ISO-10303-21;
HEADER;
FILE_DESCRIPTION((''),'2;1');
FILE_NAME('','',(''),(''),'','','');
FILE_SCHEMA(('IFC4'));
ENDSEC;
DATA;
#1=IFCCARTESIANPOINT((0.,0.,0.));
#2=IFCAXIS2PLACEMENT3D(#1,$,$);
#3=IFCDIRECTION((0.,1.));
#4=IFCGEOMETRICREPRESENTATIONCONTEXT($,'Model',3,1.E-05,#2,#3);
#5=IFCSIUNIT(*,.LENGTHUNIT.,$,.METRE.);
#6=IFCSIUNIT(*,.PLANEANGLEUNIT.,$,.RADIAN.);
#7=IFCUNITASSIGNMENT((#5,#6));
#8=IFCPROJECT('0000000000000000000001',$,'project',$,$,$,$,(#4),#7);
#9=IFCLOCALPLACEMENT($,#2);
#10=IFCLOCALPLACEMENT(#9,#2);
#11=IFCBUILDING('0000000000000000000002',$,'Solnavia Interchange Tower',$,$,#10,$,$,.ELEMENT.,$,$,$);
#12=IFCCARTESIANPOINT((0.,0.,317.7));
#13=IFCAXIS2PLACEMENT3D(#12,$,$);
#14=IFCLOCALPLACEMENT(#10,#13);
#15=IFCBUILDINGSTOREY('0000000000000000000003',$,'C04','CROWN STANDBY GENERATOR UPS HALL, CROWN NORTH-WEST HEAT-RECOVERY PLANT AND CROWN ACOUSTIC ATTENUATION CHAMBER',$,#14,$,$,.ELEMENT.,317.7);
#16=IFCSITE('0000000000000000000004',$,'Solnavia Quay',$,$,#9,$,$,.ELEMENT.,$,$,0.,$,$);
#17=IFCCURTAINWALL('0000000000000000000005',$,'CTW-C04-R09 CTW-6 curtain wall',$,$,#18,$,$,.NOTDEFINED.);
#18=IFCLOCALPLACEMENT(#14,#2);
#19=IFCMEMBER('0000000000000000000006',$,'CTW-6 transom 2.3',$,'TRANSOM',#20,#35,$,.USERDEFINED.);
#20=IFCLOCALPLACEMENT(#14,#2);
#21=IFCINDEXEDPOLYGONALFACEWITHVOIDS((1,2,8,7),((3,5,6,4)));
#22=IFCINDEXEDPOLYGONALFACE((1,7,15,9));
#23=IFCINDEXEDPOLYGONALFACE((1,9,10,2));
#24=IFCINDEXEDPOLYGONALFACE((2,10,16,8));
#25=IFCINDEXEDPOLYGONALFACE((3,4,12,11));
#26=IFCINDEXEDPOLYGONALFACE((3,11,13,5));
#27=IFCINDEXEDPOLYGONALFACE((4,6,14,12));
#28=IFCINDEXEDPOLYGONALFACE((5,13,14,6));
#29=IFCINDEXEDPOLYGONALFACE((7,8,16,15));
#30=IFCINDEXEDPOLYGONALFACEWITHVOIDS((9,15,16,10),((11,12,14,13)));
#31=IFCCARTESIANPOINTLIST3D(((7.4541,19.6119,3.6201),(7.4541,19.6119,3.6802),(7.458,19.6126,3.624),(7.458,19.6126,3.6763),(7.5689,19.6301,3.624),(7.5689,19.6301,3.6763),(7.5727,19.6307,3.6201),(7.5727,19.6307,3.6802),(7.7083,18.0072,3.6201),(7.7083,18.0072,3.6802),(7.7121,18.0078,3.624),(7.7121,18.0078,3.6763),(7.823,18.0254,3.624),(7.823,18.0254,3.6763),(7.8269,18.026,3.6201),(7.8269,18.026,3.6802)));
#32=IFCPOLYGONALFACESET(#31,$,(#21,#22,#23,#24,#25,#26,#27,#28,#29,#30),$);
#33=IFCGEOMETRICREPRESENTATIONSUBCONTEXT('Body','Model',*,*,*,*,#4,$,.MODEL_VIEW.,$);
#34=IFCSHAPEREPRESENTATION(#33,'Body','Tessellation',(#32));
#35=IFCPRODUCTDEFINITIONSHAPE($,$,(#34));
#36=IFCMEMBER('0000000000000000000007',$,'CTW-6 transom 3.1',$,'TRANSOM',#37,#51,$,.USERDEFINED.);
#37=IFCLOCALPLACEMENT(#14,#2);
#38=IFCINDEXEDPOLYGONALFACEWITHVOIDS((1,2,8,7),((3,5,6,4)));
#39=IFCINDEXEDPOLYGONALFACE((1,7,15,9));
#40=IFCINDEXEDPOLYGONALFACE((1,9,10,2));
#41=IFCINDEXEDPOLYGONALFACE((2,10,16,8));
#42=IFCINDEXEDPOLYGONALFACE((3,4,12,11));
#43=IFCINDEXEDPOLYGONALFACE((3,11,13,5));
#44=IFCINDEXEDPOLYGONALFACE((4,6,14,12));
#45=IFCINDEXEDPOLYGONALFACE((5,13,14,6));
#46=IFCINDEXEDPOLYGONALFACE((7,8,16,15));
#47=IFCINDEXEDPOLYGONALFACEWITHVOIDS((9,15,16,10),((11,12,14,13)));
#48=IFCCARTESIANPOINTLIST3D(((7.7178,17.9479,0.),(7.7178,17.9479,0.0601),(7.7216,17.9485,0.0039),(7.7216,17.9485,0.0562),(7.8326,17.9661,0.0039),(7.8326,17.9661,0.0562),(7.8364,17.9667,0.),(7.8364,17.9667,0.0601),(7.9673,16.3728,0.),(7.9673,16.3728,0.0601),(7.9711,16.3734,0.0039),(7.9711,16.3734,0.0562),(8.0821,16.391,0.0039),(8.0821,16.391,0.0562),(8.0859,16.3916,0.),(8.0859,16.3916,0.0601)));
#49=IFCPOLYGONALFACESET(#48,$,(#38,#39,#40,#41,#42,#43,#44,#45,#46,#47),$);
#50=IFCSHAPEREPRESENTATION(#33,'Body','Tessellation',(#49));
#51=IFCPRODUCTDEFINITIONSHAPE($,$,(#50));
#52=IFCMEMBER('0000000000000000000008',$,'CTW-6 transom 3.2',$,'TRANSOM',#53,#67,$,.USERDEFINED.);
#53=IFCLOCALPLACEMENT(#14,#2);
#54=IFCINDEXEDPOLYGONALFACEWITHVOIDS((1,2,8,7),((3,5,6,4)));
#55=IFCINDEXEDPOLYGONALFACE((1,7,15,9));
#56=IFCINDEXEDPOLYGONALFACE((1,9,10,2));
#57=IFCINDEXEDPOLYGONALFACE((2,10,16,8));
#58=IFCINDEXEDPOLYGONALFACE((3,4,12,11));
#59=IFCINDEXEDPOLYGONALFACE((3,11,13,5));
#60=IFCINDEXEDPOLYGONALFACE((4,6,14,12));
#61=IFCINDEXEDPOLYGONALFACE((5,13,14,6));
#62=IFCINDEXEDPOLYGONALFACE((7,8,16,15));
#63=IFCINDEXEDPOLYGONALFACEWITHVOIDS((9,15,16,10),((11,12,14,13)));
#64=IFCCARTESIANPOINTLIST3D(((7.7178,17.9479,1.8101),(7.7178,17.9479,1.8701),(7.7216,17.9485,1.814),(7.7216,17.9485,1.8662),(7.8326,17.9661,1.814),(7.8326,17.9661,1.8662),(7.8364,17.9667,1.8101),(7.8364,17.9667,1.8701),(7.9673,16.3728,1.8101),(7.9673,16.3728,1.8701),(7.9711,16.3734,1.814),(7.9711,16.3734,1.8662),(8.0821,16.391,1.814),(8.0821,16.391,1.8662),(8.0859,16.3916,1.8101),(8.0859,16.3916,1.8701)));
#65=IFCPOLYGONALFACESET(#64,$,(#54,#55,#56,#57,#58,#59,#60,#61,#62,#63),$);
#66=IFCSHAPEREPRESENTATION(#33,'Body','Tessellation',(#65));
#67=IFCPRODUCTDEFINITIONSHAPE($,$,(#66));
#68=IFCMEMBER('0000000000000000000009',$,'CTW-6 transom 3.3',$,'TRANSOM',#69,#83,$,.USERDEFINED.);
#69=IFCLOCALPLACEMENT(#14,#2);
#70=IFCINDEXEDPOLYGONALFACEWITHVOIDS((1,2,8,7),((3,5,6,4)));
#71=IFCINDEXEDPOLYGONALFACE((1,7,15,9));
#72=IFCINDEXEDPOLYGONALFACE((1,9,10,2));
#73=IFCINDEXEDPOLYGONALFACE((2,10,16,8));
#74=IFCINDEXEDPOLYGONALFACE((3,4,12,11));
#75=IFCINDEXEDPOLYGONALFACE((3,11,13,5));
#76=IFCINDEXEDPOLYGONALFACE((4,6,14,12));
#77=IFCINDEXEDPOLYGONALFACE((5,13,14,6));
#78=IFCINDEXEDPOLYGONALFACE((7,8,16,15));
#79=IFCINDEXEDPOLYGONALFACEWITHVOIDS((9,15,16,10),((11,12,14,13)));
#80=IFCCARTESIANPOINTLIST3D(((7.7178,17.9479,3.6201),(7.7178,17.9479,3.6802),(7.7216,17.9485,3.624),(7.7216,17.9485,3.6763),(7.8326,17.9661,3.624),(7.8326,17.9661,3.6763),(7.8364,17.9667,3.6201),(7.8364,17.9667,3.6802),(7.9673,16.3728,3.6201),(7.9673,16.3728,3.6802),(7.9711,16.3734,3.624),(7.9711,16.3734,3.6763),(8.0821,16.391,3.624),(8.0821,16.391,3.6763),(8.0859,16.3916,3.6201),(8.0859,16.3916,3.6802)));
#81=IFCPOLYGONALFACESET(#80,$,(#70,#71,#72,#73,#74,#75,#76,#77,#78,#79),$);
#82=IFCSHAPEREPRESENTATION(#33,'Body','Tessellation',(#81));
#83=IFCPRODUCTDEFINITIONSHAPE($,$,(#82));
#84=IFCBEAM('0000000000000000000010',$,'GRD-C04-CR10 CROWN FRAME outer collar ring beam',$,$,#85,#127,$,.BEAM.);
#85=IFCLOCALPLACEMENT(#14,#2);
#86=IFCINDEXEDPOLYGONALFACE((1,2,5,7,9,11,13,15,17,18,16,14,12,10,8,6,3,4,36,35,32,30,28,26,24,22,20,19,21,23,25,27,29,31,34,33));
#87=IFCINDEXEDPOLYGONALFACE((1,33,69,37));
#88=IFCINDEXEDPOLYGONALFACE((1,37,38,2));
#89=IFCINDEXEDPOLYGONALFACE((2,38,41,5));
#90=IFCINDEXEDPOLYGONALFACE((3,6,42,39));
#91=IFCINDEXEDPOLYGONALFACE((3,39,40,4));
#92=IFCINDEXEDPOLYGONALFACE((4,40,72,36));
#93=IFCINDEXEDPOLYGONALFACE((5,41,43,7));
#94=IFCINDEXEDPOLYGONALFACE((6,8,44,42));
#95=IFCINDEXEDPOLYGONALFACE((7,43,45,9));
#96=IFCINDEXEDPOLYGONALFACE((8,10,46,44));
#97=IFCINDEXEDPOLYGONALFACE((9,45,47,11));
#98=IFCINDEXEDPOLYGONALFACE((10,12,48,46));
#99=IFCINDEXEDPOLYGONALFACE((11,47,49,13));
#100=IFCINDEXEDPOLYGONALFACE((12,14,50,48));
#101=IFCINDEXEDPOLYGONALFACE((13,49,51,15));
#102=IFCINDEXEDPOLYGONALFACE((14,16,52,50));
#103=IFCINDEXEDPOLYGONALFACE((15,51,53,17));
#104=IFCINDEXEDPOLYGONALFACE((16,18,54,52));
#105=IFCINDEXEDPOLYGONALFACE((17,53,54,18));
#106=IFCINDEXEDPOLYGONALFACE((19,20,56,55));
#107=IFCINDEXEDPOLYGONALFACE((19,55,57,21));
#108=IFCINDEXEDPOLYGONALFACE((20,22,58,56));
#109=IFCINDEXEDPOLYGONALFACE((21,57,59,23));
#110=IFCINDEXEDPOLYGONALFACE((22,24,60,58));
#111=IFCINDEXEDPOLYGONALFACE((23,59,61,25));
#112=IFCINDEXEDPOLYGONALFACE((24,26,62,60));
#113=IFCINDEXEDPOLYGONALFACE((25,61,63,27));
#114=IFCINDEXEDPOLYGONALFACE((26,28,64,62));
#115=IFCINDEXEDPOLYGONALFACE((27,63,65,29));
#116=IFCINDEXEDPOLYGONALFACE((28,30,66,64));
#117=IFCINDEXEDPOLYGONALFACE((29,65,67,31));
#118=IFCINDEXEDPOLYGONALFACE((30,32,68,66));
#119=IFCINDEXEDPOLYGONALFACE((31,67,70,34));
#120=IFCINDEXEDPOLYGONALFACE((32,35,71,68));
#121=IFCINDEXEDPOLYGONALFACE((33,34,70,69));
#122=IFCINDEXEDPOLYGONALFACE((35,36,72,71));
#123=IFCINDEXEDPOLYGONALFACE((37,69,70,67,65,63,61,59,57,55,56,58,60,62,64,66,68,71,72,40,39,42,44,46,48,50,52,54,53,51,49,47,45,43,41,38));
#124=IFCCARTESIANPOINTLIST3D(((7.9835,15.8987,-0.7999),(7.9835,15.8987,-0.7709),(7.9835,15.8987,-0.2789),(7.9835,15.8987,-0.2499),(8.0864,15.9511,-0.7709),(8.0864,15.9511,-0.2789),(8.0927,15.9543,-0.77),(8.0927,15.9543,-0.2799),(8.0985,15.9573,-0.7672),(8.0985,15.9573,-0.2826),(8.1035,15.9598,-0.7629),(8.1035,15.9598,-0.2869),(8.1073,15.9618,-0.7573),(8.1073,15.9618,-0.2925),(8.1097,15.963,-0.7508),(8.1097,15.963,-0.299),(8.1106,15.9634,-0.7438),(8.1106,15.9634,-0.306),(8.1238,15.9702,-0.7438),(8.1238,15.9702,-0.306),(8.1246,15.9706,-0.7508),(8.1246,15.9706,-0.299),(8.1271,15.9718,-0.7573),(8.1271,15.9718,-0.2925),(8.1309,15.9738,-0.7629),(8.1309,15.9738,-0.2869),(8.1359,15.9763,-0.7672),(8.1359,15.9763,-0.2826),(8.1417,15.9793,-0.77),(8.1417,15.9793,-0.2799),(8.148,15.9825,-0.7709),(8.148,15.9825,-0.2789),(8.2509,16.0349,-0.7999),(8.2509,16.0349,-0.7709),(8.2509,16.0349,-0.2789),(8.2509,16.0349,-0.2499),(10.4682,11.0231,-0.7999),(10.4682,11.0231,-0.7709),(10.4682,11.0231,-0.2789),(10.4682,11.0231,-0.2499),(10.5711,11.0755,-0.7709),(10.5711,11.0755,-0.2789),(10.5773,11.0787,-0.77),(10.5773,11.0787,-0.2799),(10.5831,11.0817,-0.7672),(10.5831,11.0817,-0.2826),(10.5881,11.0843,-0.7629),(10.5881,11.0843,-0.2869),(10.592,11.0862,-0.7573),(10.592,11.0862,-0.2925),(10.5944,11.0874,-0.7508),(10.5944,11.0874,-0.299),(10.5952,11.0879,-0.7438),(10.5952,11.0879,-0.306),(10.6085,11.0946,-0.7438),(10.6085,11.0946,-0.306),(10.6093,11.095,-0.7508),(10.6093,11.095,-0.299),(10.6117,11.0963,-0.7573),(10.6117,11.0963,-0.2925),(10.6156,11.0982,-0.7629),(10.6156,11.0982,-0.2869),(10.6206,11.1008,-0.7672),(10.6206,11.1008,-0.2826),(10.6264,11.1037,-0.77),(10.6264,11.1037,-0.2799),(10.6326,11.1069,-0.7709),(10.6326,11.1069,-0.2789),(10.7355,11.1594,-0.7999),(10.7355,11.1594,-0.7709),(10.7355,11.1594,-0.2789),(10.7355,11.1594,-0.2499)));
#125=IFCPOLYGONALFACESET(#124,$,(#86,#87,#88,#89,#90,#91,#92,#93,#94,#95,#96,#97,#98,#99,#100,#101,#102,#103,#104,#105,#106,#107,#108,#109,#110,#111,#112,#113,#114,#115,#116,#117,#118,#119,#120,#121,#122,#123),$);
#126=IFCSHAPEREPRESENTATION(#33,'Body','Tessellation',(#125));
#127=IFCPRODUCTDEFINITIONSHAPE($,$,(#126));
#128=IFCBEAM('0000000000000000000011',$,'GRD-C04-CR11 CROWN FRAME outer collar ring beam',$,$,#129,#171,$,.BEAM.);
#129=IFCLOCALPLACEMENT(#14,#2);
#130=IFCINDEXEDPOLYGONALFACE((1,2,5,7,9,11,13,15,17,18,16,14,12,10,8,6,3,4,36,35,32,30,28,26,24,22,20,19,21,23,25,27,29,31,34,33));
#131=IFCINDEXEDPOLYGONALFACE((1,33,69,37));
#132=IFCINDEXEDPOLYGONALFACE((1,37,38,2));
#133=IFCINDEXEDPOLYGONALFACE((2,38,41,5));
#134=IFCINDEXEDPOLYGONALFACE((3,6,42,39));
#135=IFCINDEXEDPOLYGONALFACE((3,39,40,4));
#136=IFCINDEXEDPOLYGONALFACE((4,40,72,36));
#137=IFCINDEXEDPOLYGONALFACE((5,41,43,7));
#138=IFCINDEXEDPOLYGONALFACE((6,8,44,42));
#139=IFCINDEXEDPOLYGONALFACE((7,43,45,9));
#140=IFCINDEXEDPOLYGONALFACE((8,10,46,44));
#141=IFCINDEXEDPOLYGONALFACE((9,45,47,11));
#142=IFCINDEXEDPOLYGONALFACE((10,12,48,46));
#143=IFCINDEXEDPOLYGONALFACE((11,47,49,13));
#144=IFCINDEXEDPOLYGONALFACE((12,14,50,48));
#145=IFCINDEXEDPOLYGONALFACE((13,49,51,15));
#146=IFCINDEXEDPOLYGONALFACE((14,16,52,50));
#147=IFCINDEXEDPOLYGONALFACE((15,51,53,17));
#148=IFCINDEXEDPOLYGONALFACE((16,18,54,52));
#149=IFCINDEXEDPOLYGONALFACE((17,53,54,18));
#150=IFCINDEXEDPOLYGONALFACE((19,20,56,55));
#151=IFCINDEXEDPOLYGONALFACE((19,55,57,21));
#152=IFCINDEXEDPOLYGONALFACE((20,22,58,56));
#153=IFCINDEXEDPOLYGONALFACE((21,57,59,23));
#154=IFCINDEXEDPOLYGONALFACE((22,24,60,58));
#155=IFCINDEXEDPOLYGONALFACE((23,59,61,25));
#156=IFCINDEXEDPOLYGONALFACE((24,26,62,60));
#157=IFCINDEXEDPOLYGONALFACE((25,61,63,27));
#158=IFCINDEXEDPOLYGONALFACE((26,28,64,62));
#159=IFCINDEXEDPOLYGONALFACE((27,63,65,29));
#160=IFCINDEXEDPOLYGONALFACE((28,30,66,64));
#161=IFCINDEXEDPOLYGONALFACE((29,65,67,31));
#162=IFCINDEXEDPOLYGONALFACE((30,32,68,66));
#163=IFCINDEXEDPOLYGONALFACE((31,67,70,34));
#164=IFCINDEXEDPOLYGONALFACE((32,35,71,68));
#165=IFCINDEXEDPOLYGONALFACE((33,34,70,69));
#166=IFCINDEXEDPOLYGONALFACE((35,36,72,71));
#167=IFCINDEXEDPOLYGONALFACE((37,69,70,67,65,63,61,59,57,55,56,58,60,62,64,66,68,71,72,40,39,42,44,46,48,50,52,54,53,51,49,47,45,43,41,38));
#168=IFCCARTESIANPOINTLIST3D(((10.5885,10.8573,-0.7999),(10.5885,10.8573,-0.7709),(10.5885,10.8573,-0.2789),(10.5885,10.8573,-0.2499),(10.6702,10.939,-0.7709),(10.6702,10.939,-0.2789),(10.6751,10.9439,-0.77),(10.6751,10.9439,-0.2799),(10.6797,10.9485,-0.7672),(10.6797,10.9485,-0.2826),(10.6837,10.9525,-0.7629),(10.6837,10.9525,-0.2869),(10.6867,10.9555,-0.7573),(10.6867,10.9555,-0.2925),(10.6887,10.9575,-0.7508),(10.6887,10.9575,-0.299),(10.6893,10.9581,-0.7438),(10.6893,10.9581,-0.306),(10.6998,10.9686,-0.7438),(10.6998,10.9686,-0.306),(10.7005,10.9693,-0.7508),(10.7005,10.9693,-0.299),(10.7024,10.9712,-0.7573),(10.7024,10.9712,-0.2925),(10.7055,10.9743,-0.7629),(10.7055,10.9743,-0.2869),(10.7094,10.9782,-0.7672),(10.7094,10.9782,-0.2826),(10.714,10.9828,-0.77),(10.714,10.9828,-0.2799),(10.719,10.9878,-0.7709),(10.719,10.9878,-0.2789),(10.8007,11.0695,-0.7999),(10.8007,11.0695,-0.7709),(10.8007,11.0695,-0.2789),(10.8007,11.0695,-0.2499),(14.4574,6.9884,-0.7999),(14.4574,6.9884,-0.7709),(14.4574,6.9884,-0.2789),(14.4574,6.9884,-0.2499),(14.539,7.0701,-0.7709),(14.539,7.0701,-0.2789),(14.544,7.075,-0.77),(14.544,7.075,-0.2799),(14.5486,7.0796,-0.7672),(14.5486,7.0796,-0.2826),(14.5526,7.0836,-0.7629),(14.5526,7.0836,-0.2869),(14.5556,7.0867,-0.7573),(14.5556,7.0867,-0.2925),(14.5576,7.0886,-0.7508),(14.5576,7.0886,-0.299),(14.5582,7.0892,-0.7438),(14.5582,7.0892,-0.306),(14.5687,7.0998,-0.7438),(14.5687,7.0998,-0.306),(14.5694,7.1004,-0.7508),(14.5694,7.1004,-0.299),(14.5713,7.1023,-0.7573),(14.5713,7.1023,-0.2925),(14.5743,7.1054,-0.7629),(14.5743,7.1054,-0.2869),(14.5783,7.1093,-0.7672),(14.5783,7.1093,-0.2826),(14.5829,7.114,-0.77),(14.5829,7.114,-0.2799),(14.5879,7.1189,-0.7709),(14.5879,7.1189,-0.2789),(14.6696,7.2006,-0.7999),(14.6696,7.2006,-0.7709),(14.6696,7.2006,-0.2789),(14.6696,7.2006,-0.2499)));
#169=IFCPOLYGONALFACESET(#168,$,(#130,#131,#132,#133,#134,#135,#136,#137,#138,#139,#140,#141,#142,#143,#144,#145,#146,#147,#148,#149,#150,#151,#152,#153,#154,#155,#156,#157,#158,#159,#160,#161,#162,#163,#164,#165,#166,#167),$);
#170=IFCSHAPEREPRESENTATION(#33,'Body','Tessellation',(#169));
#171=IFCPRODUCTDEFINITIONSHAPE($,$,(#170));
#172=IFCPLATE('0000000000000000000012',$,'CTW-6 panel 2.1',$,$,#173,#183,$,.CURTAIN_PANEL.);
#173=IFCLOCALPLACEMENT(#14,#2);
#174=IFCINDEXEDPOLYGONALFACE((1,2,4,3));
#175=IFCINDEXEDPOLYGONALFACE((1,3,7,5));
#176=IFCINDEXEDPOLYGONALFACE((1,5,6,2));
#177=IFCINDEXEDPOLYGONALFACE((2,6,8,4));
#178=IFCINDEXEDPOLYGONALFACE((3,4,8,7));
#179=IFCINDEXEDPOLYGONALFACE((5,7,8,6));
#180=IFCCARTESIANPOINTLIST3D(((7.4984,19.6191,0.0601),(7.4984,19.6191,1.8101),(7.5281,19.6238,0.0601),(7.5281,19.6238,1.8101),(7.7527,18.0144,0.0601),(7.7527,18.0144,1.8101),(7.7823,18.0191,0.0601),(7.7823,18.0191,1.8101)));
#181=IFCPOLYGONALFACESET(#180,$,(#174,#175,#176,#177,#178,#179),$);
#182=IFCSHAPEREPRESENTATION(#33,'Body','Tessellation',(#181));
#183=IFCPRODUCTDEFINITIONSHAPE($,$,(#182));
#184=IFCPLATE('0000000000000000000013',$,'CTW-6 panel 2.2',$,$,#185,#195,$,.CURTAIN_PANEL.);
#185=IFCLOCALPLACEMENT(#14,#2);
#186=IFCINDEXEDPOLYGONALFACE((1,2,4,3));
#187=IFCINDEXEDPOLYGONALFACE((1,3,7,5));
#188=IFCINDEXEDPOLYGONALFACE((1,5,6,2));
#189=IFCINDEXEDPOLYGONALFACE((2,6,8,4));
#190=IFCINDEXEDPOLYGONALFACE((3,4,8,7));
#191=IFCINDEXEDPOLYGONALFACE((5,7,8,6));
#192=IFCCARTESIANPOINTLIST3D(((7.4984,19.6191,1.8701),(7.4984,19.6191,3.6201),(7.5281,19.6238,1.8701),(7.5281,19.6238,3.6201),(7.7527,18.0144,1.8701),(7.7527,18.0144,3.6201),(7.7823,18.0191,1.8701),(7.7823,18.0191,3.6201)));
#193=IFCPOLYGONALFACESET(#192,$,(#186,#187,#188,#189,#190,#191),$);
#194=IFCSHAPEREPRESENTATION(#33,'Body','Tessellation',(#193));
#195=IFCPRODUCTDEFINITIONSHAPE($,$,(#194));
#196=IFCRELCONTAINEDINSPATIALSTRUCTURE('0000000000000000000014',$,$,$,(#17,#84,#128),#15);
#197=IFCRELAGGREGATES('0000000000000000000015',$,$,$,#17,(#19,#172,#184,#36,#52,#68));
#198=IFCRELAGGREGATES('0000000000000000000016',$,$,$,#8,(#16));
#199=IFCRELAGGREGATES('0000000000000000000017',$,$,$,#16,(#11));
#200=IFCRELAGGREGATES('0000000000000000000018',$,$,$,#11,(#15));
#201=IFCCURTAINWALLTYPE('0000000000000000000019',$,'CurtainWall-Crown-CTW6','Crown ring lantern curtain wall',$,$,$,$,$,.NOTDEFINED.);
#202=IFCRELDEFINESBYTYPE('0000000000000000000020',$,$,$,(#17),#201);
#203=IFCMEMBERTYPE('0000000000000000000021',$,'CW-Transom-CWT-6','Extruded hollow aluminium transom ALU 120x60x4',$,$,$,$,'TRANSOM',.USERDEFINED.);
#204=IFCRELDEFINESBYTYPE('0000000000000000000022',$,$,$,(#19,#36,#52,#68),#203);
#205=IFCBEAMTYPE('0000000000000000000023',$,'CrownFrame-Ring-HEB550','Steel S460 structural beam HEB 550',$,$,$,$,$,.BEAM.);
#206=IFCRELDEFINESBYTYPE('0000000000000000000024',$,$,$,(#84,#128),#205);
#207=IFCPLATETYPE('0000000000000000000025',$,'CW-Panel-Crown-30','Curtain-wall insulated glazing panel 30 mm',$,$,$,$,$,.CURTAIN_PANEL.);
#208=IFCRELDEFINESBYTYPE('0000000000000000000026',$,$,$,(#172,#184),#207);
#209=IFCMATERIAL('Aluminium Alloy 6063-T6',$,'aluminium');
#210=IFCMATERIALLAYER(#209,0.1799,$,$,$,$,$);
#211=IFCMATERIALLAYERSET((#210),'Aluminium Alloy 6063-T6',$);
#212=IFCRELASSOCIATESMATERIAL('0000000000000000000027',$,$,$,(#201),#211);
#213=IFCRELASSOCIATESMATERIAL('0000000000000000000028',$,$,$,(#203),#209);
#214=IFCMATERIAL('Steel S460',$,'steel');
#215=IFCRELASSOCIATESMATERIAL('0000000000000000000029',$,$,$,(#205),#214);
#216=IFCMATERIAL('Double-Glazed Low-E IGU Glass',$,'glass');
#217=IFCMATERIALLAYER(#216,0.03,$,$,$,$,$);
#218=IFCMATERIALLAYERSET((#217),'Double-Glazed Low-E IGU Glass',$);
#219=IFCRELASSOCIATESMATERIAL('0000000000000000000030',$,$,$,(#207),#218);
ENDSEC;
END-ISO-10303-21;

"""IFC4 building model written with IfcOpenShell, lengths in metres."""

from ifc_helpers import new_model, si_unit, direction, frame, origin, origin_2d, place, context, subcontext, project, spatial, rectangle, hollow_rectangle, i_section, extrude, material, layer, layer_set, material_profile, profile_set, type_object, element, aggregate, save


model = new_model("IFC4")

# Units and contexts
model_context = context("Model", 3, precision=1e-05, world=origin(), true_north=direction((0.0, 1.0)))
body_context = subcontext(model_context, "Body", "Model", "MODEL_VIEW")
ifc_project = project(units=[si_unit("LENGTHUNIT", "METRE"), si_unit("PLANEANGLEUNIT", "RADIAN")], contexts=[model_context])

# Site, building, storey
site_placement = place(None, origin())
site = spatial("IfcSite", under=ifc_project, at=site_placement, Name="Solnavia Quay", CompositionType="ELEMENT", RefElevation=0.0)
building_placement = place(site_placement, origin())
building = spatial("IfcBuilding", under=site, at=building_placement, Name="Solnavia Interchange Tower", CompositionType="ELEMENT")
storey_placement = place(building_placement, frame((0.0, 0.0, 317.7)))
storey = spatial("IfcBuildingStorey", under=building, at=storey_placement, Name="C04", Description="CROWN STANDBY GENERATOR UPS HALL, CROWN NORTH-WEST HEAT-RECOVERY PLANT AND CROWN ACOUSTIC ATTENUATION CHAMBER", CompositionType="ELEMENT", Elevation=317.7)

# Shared definitions
ifc_material_1 = material(Name="Steel S460", Category="steel")

# Curtain wall, members
ifc_material_2 = material(Name="Aluminium Alloy 6063-T6", Category="aluminium")
ifc_layer_1 = layer(ifc_material_2, 0.1799)
ifc_layer_set_1 = layer_set([ifc_layer_1], Name="Aluminium Alloy 6063-T6")
curtain_wall_type = type_object("IfcCurtainWallType", Name="CurtainWall-Crown-CTW6", Description="Crown ring lantern curtain wall", PredefinedType="NOTDEFINED", material=ifc_layer_set_1)
curtain_wall_placement = place(storey_placement, origin())
curtain_wall = element("IfcCurtainWall", 1, at=curtain_wall_placement, inside=storey, type_object=curtain_wall_type, Name="CTW-C04-R09 CTW-6 curtain wall", PredefinedType="NOTDEFINED")
ifc_material_profile_1 = material_profile(ifc_material_2, hollow_rectangle(XDim=0.0601, YDim=0.1201, WallThickness=0.0039, at=origin_2d()), Name="ALU 120x60x4")
ifc_profile_set_1 = profile_set([ifc_material_profile_1], Name="Aluminium Alloy 6063-T6")
member_type_1 = type_object("IfcMemberType", Name="CW-Transom-CWT-6", Description="Extruded hollow aluminium transom ALU 120x60x4", ElementType="TRANSOM", PredefinedType="USERDEFINED", material=ifc_profile_set_1)
member_1_placement = place(storey_placement, frame((7.5134, 19.6213, 3.6501), z_axis=(0.156426, -0.98769, 0.0), x_axis=(0.0, 0.0, 1.0)))
member_1 = element("IfcMember", 2, at=member_1_placement, type_object=member_type_1, Name="CTW-6 transom 2.3", ObjectType="TRANSOM", PredefinedType="USERDEFINED", context=body_context, shape_type="SweptSolid", body=[
    extrude(hollow_rectangle(XDim=0.0601, YDim=0.1201, WallThickness=0.0039, at=origin_2d()), origin(), (0.0, 0.0, 1.0), 1.6248),
])
member_2_placement = place(storey_placement, frame((7.7771, 17.9573, 0.03), z_axis=(0.15645, -0.987686, 0.0), x_axis=(0.0, 0.0, 1.0)))
member_2 = element("IfcMember", 3, at=member_2_placement, type_object=member_type_1, Name="CTW-6 transom 3.1", ObjectType="TRANSOM", PredefinedType="USERDEFINED", context=body_context, shape_type="SweptSolid", body=[
    extrude(hollow_rectangle(XDim=0.0601, YDim=0.1201, WallThickness=0.0039, at=origin_2d()), origin(), (0.0, 0.0, 1.0), 1.5947),
])
member_3_placement = place(storey_placement, frame((7.7771, 17.9573, 1.8401), z_axis=(0.15645, -0.987686, 0.0), x_axis=(0.0, 0.0, 1.0)))
member_3 = element("IfcMember", 4, at=member_3_placement, type_object=member_type_1, Name="CTW-6 transom 3.2", ObjectType="TRANSOM", PredefinedType="USERDEFINED", context=body_context, shape_type="SweptSolid", body=[
    extrude(hollow_rectangle(XDim=0.0601, YDim=0.1201, WallThickness=0.0039, at=origin_2d()), origin(), (0.0, 0.0, 1.0), 1.5947),
])
member_4_placement = place(storey_placement, frame((7.7771, 17.9573, 3.6501), z_axis=(0.15645, -0.987686, 0.0), x_axis=(0.0, 0.0, 1.0)))
member_4 = element("IfcMember", 5, at=member_4_placement, type_object=member_type_1, Name="CTW-6 transom 3.3", ObjectType="TRANSOM", PredefinedType="USERDEFINED", context=body_context, shape_type="SweptSolid", body=[
    extrude(hollow_rectangle(XDim=0.0601, YDim=0.1201, WallThickness=0.0039, at=origin_2d()), origin(), (0.0, 0.0, 1.0), 1.5947),
])

# Beams
ifc_material_profile_2 = material_profile(ifc_material_1, i_section(OverallWidth=0.3, OverallDepth=0.55, WebThickness=0.0149, FlangeThickness=0.0291, FilletRadius=0.0271, at=origin_2d()), Name="HEB 550")
ifc_profile_set_2 = profile_set([ifc_material_profile_2], Name="Steel S460")
beam_type = type_object("IfcBeamType", Name="CrownFrame-Ring-HEB550", Description="Steel S460 structural beam HEB 550", PredefinedType="BEAM", material=ifc_profile_set_2)
beam_1_placement = place(storey_placement, frame((8.1172, 15.9668, -0.5249), z_axis=(0.454053, -0.890974, 0.0), x_axis=(0.890974, 0.454053, 0.0)))
element("IfcBeam", 6, at=beam_1_placement, inside=storey, type_object=beam_type, Name="GRD-C04-CR10 CROWN FRAME outer collar ring beam", PredefinedType="BEAM", context=body_context, shape_type="SweptSolid", body=[
    extrude(i_section(OverallWidth=0.3, OverallDepth=0.55, WebThickness=0.0149, FlangeThickness=0.0291, FilletRadius=0.0271, at=origin_2d()), origin(), (0.0, 0.0, 1.0), 5.4722),
])
beam_2_placement = place(storey_placement, frame((10.6946, 10.9634, -0.5249), z_axis=(0.707107, -0.707107, 0.0), x_axis=(0.707107, 0.707107, 0.0)))
element("IfcBeam", 7, at=beam_2_placement, inside=storey, type_object=beam_type, Name="GRD-C04-CR11 CROWN FRAME outer collar ring beam", PredefinedType="BEAM", context=body_context, shape_type="SweptSolid", body=[
    extrude(i_section(OverallWidth=0.3, OverallDepth=0.55, WebThickness=0.0149, FlangeThickness=0.0291, FilletRadius=0.0271, at=origin_2d()), origin(), (0.0, 0.0, 1.0), 5.4714),
])

# Plates
ifc_material_3 = material(Name="Double-Glazed Low-E IGU Glass", Category="glass")
ifc_layer_2 = layer(ifc_material_3, 0.03)
ifc_layer_set_2 = layer_set([ifc_layer_2], Name="Double-Glazed Low-E IGU Glass")
plate_type_1 = type_object("IfcPlateType", Name="CW-Panel-Crown-30", Description="Curtain-wall insulated glazing panel 30 mm", PredefinedType="CURTAIN_PANEL", material=ifc_layer_set_2)
plate_1_placement = place(storey_placement, frame((7.6404, 18.8191, 0.0601), z_axis=(0.0, 0.0, 1.0), x_axis=(0.156456, -0.987685, 0.0)))
plate_1 = element("IfcPlate", 8, at=plate_1_placement, type_object=plate_type_1, Name="CTW-6 panel 2.1", PredefinedType="CURTAIN_PANEL", context=body_context, shape_type="SweptSolid", body=[
    extrude(rectangle(XDim=1.6248, YDim=0.03, at=origin_2d()), origin(), (0.0, 0.0, 1.0), 1.75),
])
plate_2_placement = place(storey_placement, frame((7.6404, 18.8191, 1.8701), z_axis=(0.0, 0.0, 1.0), x_axis=(0.156456, -0.987685, 0.0)))
plate_2 = element("IfcPlate", 9, at=plate_2_placement, type_object=plate_type_1, Name="CTW-6 panel 2.2", PredefinedType="CURTAIN_PANEL", context=body_context, shape_type="SweptSolid", body=[
    extrude(rectangle(XDim=1.6248, YDim=0.03, at=origin_2d()), origin(), (0.0, 0.0, 1.0), 1.75),
])
aggregate(curtain_wall, [member_1, plate_1, plate_2, member_2, member_3, member_4])

save(model, "model.ifc")
